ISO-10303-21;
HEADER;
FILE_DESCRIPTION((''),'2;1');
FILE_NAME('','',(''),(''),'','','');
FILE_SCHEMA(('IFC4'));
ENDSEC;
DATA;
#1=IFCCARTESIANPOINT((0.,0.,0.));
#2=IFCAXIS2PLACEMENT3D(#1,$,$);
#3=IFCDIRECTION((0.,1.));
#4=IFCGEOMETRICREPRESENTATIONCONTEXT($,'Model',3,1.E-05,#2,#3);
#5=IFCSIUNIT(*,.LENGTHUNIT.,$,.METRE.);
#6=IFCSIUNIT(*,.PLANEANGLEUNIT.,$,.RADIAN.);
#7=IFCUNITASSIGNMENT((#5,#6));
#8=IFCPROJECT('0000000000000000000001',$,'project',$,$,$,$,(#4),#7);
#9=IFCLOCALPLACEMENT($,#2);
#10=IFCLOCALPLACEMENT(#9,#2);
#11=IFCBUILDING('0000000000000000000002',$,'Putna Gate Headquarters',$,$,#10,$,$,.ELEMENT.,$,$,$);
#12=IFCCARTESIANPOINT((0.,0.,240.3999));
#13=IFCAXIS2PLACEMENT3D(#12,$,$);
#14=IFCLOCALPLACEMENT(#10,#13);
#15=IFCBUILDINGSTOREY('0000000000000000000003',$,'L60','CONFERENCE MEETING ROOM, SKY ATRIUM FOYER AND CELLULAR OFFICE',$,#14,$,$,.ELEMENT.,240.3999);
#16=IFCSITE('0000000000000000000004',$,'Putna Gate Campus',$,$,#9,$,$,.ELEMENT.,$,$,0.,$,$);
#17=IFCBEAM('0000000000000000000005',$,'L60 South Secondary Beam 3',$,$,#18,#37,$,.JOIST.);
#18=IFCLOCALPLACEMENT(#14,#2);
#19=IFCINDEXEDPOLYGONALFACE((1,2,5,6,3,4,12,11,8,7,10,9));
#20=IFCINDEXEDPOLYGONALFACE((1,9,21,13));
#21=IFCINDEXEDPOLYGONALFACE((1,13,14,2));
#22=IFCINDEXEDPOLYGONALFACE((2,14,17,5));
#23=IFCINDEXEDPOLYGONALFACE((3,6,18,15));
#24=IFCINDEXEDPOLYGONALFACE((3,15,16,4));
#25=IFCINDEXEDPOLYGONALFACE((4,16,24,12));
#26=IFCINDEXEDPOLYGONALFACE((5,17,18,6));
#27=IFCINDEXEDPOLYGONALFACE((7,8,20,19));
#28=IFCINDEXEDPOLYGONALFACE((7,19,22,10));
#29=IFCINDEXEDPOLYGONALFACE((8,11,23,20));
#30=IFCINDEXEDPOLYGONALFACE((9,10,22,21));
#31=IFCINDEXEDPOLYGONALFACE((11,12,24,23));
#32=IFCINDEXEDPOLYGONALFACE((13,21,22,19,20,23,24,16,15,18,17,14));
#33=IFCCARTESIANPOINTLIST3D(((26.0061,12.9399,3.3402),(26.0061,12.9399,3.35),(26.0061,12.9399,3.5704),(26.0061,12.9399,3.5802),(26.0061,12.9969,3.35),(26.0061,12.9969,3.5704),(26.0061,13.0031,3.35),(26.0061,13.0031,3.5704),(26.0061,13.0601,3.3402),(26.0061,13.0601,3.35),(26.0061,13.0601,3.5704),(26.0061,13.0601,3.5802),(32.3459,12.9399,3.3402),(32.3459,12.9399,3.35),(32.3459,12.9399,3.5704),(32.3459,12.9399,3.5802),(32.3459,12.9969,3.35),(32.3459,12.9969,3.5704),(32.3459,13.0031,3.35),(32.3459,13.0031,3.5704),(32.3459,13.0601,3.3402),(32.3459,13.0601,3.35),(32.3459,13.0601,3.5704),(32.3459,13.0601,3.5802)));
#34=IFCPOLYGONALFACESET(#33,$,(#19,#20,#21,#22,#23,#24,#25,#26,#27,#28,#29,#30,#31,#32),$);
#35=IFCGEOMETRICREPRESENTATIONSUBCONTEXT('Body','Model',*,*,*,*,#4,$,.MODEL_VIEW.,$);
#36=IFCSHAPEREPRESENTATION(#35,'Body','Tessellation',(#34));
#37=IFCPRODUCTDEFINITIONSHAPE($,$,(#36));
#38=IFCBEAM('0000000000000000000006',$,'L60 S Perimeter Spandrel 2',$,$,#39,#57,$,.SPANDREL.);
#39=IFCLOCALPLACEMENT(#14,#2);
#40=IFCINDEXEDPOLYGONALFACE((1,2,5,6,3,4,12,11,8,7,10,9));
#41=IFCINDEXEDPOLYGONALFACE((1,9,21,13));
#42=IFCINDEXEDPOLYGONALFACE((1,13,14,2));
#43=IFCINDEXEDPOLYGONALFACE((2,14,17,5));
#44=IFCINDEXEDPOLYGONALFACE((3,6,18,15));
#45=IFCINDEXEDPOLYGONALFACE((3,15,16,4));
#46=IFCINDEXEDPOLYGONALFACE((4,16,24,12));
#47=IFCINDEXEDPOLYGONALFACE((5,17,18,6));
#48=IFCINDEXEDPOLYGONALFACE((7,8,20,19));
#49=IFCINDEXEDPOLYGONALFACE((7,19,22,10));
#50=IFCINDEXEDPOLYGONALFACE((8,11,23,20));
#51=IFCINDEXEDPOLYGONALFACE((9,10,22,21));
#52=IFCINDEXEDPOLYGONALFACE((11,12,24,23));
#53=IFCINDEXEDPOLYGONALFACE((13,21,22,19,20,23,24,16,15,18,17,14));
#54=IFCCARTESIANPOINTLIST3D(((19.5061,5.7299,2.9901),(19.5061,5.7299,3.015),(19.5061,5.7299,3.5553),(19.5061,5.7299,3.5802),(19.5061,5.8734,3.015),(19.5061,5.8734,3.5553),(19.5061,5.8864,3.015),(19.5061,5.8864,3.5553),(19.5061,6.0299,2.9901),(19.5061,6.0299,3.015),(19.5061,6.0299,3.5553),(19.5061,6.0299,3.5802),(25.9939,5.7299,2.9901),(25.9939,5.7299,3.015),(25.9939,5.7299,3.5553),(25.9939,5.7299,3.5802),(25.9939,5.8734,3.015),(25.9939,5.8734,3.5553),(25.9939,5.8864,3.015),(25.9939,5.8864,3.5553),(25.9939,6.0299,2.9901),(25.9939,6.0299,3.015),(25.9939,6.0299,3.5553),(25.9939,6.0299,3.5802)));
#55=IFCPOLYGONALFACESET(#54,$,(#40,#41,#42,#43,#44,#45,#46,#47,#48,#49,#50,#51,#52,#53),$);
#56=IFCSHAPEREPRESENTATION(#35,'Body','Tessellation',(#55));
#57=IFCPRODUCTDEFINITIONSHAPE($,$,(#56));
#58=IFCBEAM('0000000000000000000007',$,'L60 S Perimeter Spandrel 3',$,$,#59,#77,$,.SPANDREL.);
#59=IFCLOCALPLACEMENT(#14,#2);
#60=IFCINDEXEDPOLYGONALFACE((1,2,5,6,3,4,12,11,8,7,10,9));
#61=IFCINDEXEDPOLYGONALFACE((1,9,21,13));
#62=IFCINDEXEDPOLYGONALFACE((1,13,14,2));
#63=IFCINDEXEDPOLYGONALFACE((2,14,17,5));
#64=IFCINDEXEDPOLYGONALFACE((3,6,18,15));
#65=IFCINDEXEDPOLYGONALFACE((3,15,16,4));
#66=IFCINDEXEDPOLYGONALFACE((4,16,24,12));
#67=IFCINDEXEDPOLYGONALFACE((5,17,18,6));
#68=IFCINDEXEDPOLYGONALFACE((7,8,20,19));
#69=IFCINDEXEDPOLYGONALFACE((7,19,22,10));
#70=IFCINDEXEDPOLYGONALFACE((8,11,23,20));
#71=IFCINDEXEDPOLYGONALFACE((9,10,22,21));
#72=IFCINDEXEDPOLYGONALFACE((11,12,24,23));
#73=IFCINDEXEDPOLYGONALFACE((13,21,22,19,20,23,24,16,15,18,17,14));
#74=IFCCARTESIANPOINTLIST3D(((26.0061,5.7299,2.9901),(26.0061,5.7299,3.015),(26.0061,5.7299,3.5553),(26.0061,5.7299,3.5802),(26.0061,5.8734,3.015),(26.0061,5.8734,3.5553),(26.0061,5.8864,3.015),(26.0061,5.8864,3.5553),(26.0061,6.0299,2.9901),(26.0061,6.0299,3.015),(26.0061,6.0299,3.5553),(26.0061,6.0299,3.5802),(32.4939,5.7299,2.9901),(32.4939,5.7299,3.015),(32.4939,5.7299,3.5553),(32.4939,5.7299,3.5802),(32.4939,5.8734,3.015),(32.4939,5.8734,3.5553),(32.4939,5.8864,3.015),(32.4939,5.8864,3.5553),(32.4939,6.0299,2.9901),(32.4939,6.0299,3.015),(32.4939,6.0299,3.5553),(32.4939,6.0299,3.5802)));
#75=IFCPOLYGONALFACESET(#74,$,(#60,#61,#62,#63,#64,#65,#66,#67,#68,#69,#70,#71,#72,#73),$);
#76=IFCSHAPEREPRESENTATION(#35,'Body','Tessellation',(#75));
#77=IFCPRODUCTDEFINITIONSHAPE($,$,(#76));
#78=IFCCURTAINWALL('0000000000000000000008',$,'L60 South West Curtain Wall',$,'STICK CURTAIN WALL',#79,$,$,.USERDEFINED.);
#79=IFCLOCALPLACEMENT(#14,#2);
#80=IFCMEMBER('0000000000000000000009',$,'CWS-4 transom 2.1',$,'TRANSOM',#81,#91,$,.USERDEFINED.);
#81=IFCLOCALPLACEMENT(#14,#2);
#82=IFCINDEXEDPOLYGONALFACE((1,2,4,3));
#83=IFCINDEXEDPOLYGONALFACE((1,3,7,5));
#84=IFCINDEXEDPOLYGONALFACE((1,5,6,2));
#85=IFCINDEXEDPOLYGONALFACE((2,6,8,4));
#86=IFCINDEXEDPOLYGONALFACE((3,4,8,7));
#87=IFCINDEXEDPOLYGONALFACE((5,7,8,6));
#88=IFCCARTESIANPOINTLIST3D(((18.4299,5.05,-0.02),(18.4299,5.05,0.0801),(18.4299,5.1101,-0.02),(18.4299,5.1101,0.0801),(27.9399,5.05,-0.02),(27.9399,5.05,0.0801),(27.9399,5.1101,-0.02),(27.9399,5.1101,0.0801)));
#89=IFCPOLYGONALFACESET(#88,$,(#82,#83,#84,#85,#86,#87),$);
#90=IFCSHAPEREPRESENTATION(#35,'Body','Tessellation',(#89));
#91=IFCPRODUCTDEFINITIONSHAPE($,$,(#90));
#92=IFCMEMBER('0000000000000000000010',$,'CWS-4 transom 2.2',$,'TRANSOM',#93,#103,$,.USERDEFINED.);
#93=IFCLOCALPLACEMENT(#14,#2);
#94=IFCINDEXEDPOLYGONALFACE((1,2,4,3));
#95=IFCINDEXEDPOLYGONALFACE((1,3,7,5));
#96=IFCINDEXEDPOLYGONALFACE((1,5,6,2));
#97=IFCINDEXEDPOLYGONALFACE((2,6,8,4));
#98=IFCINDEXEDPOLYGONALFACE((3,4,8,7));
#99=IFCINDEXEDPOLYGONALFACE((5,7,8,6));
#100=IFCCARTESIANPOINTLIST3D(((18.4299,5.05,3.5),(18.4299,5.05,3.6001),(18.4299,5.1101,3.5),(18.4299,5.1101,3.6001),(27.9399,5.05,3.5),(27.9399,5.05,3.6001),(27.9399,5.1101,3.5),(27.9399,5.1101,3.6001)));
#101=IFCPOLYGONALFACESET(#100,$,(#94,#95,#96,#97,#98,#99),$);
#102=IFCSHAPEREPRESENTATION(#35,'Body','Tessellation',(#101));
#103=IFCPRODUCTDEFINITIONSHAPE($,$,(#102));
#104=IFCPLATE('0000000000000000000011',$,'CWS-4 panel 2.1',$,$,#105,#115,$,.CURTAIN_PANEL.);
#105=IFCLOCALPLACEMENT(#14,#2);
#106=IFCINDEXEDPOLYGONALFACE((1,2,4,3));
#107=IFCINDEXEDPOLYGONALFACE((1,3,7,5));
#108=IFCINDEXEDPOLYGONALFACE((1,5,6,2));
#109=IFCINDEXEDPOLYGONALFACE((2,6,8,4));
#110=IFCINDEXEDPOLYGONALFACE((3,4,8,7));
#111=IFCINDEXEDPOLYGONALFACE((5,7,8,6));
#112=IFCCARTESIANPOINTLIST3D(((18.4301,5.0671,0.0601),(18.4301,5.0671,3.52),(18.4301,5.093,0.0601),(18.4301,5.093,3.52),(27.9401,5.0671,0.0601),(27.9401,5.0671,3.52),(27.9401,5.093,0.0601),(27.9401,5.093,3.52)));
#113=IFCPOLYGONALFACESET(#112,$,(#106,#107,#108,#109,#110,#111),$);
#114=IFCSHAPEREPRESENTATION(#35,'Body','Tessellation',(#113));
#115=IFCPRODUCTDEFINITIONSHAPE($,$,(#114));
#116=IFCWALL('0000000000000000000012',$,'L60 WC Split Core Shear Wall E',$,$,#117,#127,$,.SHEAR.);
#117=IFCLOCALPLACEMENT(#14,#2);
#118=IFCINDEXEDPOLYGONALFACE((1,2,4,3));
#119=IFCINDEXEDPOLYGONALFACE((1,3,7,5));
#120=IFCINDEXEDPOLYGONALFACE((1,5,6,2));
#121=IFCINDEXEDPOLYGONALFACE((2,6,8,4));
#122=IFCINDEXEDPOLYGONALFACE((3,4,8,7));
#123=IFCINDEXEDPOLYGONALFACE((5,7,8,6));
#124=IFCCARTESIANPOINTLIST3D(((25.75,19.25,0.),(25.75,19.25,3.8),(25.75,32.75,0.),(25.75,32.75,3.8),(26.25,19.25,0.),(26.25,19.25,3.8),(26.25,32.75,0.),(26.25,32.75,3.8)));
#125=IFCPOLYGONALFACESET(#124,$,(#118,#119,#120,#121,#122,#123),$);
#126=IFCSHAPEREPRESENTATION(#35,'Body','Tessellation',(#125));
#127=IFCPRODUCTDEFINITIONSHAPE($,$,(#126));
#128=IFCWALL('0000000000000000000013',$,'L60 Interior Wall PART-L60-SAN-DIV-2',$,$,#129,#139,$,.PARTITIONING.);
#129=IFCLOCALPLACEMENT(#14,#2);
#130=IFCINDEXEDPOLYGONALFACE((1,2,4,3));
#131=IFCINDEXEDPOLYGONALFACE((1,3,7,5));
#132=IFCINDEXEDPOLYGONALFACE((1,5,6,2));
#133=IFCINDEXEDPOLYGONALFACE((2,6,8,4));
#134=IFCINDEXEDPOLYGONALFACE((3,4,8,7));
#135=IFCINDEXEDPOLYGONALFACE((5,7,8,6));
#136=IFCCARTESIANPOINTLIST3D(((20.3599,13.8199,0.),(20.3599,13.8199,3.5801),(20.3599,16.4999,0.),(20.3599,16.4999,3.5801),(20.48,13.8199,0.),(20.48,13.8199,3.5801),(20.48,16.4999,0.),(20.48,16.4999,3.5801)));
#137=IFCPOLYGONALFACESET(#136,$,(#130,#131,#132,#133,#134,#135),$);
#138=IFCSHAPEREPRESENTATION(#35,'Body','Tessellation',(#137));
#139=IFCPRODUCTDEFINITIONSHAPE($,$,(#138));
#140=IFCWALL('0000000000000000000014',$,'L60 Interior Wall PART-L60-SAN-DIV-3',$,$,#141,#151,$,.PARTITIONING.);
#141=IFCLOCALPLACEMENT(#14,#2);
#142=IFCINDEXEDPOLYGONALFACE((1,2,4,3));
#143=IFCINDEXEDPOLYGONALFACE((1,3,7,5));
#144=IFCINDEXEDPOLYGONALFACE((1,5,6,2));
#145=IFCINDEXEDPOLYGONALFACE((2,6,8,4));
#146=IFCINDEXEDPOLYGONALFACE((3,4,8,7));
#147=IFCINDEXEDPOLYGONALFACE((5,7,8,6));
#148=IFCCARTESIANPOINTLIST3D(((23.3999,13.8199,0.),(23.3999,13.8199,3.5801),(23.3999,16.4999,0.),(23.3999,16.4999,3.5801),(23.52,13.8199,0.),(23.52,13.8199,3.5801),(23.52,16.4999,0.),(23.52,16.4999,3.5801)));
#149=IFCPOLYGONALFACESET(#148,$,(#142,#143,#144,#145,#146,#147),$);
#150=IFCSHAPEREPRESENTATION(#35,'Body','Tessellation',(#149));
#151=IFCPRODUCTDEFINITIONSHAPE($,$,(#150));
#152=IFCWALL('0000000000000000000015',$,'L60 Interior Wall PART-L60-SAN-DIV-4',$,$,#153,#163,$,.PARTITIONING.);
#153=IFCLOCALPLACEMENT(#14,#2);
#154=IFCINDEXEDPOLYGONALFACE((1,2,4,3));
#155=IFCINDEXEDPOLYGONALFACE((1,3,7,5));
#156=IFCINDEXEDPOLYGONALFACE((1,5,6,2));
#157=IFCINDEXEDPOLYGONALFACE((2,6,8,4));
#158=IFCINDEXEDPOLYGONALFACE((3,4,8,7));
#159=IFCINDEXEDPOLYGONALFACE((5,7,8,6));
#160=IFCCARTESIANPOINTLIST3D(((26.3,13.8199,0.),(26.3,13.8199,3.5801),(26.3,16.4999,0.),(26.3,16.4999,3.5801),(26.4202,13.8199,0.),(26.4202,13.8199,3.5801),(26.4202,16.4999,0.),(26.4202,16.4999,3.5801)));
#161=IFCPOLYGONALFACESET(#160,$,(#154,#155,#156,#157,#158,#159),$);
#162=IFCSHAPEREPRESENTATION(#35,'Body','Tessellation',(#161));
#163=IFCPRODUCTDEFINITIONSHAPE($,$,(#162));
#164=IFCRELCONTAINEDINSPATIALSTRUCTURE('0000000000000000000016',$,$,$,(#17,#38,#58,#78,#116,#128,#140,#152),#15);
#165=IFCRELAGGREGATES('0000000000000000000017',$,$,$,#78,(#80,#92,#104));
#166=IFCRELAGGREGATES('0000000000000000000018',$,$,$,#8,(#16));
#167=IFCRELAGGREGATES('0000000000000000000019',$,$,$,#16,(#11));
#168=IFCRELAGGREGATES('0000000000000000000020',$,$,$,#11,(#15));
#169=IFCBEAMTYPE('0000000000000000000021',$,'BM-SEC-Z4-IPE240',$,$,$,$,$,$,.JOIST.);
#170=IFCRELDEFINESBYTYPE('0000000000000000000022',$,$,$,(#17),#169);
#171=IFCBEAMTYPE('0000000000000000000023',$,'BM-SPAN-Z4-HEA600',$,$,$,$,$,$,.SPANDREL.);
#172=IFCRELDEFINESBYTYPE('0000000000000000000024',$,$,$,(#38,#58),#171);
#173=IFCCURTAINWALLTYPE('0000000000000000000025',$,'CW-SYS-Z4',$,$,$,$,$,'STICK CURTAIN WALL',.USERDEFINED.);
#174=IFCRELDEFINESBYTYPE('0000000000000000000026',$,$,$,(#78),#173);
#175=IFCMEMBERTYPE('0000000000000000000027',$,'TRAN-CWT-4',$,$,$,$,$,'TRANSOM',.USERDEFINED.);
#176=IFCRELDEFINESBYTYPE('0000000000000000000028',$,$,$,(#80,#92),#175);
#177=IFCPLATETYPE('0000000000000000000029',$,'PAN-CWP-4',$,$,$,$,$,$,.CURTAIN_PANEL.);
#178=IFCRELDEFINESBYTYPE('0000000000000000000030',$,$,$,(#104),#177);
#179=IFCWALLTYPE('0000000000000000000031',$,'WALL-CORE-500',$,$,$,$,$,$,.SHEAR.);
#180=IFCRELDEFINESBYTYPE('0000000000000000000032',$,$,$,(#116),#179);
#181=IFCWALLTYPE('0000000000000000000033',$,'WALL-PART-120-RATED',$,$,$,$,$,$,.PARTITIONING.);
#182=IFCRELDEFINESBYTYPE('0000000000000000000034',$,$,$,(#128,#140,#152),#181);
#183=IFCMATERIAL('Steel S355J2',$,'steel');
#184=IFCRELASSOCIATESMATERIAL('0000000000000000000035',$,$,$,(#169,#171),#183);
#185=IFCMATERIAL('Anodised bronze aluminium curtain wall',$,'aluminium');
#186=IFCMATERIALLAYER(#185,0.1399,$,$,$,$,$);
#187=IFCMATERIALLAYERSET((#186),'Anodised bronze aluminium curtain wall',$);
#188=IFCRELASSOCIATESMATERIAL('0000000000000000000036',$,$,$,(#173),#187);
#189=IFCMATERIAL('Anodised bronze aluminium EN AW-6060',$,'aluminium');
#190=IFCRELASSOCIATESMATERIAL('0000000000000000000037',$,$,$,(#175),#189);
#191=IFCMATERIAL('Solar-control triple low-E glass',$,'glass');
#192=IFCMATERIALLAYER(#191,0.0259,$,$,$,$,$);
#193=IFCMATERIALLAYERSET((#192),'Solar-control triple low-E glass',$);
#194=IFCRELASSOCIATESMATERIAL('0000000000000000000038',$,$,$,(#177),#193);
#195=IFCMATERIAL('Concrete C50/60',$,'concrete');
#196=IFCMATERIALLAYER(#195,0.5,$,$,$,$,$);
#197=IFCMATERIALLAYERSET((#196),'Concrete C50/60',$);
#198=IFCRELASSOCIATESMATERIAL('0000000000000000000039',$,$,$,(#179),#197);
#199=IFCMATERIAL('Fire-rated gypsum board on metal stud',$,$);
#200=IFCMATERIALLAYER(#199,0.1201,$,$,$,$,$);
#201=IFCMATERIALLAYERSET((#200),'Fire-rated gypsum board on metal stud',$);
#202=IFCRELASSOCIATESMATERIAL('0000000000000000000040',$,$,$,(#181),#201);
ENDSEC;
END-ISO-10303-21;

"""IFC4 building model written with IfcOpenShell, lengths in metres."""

from ifc_helpers import new_model, si_unit, direction, frame, frame_2d, origin, origin_2d, place, context, subcontext, project, spatial, rectangle, i_section, extrude, material, layer, layer_set, material_profile, profile_set, type_object, element, aggregate, save


model = new_model("IFC4")

# Units and contexts
model_context = context("Model", 3, precision=1e-05, world=origin(), true_north=direction((0.0, 1.0)))
body_context = subcontext(model_context, "Body", "Model", "MODEL_VIEW")
ifc_project = project(units=[si_unit("LENGTHUNIT", "METRE"), si_unit("PLANEANGLEUNIT", "RADIAN")], contexts=[model_context])

# Site, building, storey
site_placement = place(None, origin())
site = spatial("IfcSite", under=ifc_project, at=site_placement, Name="Putna Gate Campus", CompositionType="ELEMENT", RefElevation=0.0)
building_placement = place(site_placement, origin())
building = spatial("IfcBuilding", under=site, at=building_placement, Name="Putna Gate Headquarters", CompositionType="ELEMENT")
storey_placement = place(building_placement, frame((0.0, 0.0, 240.3999)))
storey = spatial("IfcBuildingStorey", under=building, at=storey_placement, Name="L60", Description="CONFERENCE MEETING ROOM, SKY ATRIUM FOYER AND CELLULAR OFFICE", CompositionType="ELEMENT", Elevation=240.3999)

# Beams
ifc_material_1 = material(Name="Steel S355J2", Category="steel")
ifc_material_profile_1 = material_profile(ifc_material_1, i_section(OverallWidth=0.1201, OverallDepth=0.24, WebThickness=0.0061, FlangeThickness=0.0098, at=origin_2d()), Name="Steel S355J2")
ifc_profile_set_1 = profile_set([ifc_material_profile_1], Name="Steel S355J2")
beam_type_1 = type_object("IfcBeamType", Name="BM-SEC-Z4-IPE240", PredefinedType="JOIST", material=ifc_profile_set_1)
for number, where, z_axis, x_axis, name in (
    (1, (26.0061, 13.0, 3.4602), (1.0, 0.0, 0.0), (0.0, 1.0, 0.0), "L60 South Secondary Beam 3"),
):
    element("IfcBeam", number, at=place(storey_placement, frame(where, z_axis=z_axis, x_axis=x_axis)), inside=storey, type_object=beam_type_1, Name=name, PredefinedType="JOIST", context=body_context, shape_type="SweptSolid", body=[
        extrude(i_section(OverallWidth=0.1201, OverallDepth=0.24, WebThickness=0.0061, FlangeThickness=0.0098, at=origin_2d()), origin(), (0.0, 0.0, 1.0), 6.3398),
    ])
ifc_material_profile_2 = material_profile(ifc_material_1, i_section(OverallWidth=0.3, OverallDepth=0.5901, WebThickness=0.0129, FlangeThickness=0.0249, at=origin_2d()), Name="Steel S355J2")
ifc_profile_set_2 = profile_set([ifc_material_profile_2], Name="Steel S355J2")
beam_type_2 = type_object("IfcBeamType", Name="BM-SPAN-Z4-HEA600", PredefinedType="SPANDREL", material=ifc_profile_set_2)
for number, where, z_axis, x_axis, name in (
    (2, (19.5061, 5.8799, 3.2852), (1.0, 0.0, 0.0), (0.0, 1.0, 0.0), "L60 S Perimeter Spandrel 2"),
    (3, (26.0061, 5.8799, 3.2852), (1.0, 0.0, 0.0), (0.0, 1.0, 0.0), "L60 S Perimeter Spandrel 3"),
):
    element("IfcBeam", number, at=place(storey_placement, frame(where, z_axis=z_axis, x_axis=x_axis)), inside=storey, type_object=beam_type_2, Name=name, PredefinedType="SPANDREL", context=body_context, shape_type="SweptSolid", body=[
        extrude(i_section(OverallWidth=0.3, OverallDepth=0.5901, WebThickness=0.0129, FlangeThickness=0.0249, at=origin_2d()), origin(), (0.0, 0.0, 1.0), 6.4878),
    ])

# Curtain wall, members, plate
ifc_material_2 = material(Name="Anodised bronze aluminium curtain wall", Category="aluminium")
ifc_layer_1 = layer(ifc_material_2, 0.1399)
ifc_layer_set_1 = layer_set([ifc_layer_1], Name="Anodised bronze aluminium curtain wall")
curtain_wall_type = type_object("IfcCurtainWallType", Name="CW-SYS-Z4", ElementType="STICK CURTAIN WALL", PredefinedType="USERDEFINED", material=ifc_layer_set_1)
curtain_wall_placement = place(storey_placement, origin())
curtain_wall = element("IfcCurtainWall", 4, at=curtain_wall_placement, inside=storey, type_object=curtain_wall_type, Name="L60 South West Curtain Wall", ObjectType="STICK CURTAIN WALL", PredefinedType="USERDEFINED")
ifc_material_3 = material(Name="Anodised bronze aluminium EN AW-6060", Category="aluminium")
ifc_material_profile_3 = material_profile(ifc_material_3, rectangle(XDim=0.0601, YDim=0.1001, at=origin_2d()), Name="Anodised bronze aluminium EN AW-6060")
ifc_profile_set_3 = profile_set([ifc_material_profile_3], Name="Anodised bronze aluminium EN AW-6060")
member_type = type_object("IfcMemberType", Name="TRAN-CWT-4", ElementType="TRANSOM", PredefinedType="USERDEFINED", material=ifc_profile_set_3)
member_1_placement = place(storey_placement, frame((18.4299, 5.0801, 0.03), z_axis=(1.0, 0.0, 0.0), x_axis=(0.0, 1.0, 0.0)))
member_1 = element("IfcMember", 5, at=member_1_placement, type_object=member_type, Name="CWS-4 transom 2.1", ObjectType="TRANSOM", PredefinedType="USERDEFINED", context=body_context, shape_type="SweptSolid", body=[
    extrude(rectangle(XDim=0.0601, YDim=0.1001, at=origin_2d()), origin(), (0.0, 0.0, 1.0), 9.51),
])
member_2_placement = place(storey_placement, frame((18.4299, 5.0801, 3.55), z_axis=(1.0, 0.0, 0.0), x_axis=(0.0, 1.0, 0.0)))
member_2 = element("IfcMember", 6, at=member_2_placement, type_object=member_type, Name="CWS-4 transom 2.2", ObjectType="TRANSOM", PredefinedType="USERDEFINED", context=body_context, shape_type="SweptSolid", body=[
    extrude(rectangle(XDim=0.0601, YDim=0.1001, at=origin_2d()), origin(), (0.0, 0.0, 1.0), 9.51),
])
ifc_material_4 = material(Name="Solar-control triple low-E glass", Category="glass")
ifc_layer_2 = layer(ifc_material_4, 0.0259)
ifc_layer_set_2 = layer_set([ifc_layer_2], Name="Solar-control triple low-E glass")
plate_type = type_object("IfcPlateType", Name="PAN-CWP-4", PredefinedType="CURTAIN_PANEL", material=ifc_layer_set_2)
plate_placement = place(storey_placement, frame((23.1851, 5.0801, 0.0601), z_axis=(0.0, 0.0, 1.0), x_axis=(1.0, 0.0, 0.0)))
plate = element("IfcPlate", 7, at=plate_placement, type_object=plate_type, Name="CWS-4 panel 2.1", PredefinedType="CURTAIN_PANEL", context=body_context, shape_type="SweptSolid", body=[
    extrude(rectangle(XDim=9.51, YDim=0.0259, at=origin_2d()), origin(), (0.0, 0.0, 1.0), 3.46),
])
aggregate(curtain_wall, [member_1, member_2, plate])

# Walls
ifc_material_5 = material(Name="Concrete C50/60", Category="concrete")
ifc_layer_3 = layer(ifc_material_5, 0.5)
ifc_layer_set_3 = layer_set([ifc_layer_3], Name="Concrete C50/60")
wall_type_1 = type_object("IfcWallType", Name="WALL-CORE-500", PredefinedType="SHEAR", material=ifc_layer_set_3)
wall_1_placement = place(storey_placement, frame((26.0, 19.25, 0.0), z_axis=(0.0, 0.0, 1.0), x_axis=(0.0, 1.0, 0.0)))
element("IfcWall", 8, at=wall_1_placement, inside=storey, type_object=wall_type_1, Name="L60 WC Split Core Shear Wall E", PredefinedType="SHEAR", context=body_context, shape_type="SweptSolid", body=[
    extrude(rectangle(XDim=13.5, YDim=0.5, at=frame_2d((6.75, 0.0))), origin(), (0.0, 0.0, 1.0), 3.8),
])
ifc_material_6 = material(Name="Fire-rated gypsum board on metal stud")
ifc_layer_4 = layer(ifc_material_6, 0.1201)
ifc_layer_set_4 = layer_set([ifc_layer_4], Name="Fire-rated gypsum board on metal stud")
wall_type_2 = type_object("IfcWallType", Name="WALL-PART-120-RATED", PredefinedType="PARTITIONING", material=ifc_layer_set_4)
for number, where, z_axis, x_axis, name in (
    (9, (20.4199, 13.8201, 0.0), (0.0, 0.0, 1.0), (0.0, 1.0, 0.0), "L60 Interior Wall PART-L60-SAN-DIV-2"),
    (10, (23.46, 13.8201, 0.0), (0.0, 0.0, 1.0), (0.0, 1.0, 0.0), "L60 Interior Wall PART-L60-SAN-DIV-3"),
    (11, (26.3601, 13.8201, 0.0), (0.0, 0.0, 1.0), (0.0, 1.0, 0.0), "L60 Interior Wall PART-L60-SAN-DIV-4"),
):
    element("IfcWall", number, at=place(storey_placement, frame(where, z_axis=z_axis, x_axis=x_axis)), inside=storey, type_object=wall_type_2, Name=name, PredefinedType="PARTITIONING", context=body_context, shape_type="SweptSolid", body=[
        extrude(rectangle(XDim=2.6799, YDim=0.1201, at=frame_2d((1.3398, 0.0))), origin(), (0.0, 0.0, 1.0), 3.5801),
    ])

save(model, "model.ifc")
